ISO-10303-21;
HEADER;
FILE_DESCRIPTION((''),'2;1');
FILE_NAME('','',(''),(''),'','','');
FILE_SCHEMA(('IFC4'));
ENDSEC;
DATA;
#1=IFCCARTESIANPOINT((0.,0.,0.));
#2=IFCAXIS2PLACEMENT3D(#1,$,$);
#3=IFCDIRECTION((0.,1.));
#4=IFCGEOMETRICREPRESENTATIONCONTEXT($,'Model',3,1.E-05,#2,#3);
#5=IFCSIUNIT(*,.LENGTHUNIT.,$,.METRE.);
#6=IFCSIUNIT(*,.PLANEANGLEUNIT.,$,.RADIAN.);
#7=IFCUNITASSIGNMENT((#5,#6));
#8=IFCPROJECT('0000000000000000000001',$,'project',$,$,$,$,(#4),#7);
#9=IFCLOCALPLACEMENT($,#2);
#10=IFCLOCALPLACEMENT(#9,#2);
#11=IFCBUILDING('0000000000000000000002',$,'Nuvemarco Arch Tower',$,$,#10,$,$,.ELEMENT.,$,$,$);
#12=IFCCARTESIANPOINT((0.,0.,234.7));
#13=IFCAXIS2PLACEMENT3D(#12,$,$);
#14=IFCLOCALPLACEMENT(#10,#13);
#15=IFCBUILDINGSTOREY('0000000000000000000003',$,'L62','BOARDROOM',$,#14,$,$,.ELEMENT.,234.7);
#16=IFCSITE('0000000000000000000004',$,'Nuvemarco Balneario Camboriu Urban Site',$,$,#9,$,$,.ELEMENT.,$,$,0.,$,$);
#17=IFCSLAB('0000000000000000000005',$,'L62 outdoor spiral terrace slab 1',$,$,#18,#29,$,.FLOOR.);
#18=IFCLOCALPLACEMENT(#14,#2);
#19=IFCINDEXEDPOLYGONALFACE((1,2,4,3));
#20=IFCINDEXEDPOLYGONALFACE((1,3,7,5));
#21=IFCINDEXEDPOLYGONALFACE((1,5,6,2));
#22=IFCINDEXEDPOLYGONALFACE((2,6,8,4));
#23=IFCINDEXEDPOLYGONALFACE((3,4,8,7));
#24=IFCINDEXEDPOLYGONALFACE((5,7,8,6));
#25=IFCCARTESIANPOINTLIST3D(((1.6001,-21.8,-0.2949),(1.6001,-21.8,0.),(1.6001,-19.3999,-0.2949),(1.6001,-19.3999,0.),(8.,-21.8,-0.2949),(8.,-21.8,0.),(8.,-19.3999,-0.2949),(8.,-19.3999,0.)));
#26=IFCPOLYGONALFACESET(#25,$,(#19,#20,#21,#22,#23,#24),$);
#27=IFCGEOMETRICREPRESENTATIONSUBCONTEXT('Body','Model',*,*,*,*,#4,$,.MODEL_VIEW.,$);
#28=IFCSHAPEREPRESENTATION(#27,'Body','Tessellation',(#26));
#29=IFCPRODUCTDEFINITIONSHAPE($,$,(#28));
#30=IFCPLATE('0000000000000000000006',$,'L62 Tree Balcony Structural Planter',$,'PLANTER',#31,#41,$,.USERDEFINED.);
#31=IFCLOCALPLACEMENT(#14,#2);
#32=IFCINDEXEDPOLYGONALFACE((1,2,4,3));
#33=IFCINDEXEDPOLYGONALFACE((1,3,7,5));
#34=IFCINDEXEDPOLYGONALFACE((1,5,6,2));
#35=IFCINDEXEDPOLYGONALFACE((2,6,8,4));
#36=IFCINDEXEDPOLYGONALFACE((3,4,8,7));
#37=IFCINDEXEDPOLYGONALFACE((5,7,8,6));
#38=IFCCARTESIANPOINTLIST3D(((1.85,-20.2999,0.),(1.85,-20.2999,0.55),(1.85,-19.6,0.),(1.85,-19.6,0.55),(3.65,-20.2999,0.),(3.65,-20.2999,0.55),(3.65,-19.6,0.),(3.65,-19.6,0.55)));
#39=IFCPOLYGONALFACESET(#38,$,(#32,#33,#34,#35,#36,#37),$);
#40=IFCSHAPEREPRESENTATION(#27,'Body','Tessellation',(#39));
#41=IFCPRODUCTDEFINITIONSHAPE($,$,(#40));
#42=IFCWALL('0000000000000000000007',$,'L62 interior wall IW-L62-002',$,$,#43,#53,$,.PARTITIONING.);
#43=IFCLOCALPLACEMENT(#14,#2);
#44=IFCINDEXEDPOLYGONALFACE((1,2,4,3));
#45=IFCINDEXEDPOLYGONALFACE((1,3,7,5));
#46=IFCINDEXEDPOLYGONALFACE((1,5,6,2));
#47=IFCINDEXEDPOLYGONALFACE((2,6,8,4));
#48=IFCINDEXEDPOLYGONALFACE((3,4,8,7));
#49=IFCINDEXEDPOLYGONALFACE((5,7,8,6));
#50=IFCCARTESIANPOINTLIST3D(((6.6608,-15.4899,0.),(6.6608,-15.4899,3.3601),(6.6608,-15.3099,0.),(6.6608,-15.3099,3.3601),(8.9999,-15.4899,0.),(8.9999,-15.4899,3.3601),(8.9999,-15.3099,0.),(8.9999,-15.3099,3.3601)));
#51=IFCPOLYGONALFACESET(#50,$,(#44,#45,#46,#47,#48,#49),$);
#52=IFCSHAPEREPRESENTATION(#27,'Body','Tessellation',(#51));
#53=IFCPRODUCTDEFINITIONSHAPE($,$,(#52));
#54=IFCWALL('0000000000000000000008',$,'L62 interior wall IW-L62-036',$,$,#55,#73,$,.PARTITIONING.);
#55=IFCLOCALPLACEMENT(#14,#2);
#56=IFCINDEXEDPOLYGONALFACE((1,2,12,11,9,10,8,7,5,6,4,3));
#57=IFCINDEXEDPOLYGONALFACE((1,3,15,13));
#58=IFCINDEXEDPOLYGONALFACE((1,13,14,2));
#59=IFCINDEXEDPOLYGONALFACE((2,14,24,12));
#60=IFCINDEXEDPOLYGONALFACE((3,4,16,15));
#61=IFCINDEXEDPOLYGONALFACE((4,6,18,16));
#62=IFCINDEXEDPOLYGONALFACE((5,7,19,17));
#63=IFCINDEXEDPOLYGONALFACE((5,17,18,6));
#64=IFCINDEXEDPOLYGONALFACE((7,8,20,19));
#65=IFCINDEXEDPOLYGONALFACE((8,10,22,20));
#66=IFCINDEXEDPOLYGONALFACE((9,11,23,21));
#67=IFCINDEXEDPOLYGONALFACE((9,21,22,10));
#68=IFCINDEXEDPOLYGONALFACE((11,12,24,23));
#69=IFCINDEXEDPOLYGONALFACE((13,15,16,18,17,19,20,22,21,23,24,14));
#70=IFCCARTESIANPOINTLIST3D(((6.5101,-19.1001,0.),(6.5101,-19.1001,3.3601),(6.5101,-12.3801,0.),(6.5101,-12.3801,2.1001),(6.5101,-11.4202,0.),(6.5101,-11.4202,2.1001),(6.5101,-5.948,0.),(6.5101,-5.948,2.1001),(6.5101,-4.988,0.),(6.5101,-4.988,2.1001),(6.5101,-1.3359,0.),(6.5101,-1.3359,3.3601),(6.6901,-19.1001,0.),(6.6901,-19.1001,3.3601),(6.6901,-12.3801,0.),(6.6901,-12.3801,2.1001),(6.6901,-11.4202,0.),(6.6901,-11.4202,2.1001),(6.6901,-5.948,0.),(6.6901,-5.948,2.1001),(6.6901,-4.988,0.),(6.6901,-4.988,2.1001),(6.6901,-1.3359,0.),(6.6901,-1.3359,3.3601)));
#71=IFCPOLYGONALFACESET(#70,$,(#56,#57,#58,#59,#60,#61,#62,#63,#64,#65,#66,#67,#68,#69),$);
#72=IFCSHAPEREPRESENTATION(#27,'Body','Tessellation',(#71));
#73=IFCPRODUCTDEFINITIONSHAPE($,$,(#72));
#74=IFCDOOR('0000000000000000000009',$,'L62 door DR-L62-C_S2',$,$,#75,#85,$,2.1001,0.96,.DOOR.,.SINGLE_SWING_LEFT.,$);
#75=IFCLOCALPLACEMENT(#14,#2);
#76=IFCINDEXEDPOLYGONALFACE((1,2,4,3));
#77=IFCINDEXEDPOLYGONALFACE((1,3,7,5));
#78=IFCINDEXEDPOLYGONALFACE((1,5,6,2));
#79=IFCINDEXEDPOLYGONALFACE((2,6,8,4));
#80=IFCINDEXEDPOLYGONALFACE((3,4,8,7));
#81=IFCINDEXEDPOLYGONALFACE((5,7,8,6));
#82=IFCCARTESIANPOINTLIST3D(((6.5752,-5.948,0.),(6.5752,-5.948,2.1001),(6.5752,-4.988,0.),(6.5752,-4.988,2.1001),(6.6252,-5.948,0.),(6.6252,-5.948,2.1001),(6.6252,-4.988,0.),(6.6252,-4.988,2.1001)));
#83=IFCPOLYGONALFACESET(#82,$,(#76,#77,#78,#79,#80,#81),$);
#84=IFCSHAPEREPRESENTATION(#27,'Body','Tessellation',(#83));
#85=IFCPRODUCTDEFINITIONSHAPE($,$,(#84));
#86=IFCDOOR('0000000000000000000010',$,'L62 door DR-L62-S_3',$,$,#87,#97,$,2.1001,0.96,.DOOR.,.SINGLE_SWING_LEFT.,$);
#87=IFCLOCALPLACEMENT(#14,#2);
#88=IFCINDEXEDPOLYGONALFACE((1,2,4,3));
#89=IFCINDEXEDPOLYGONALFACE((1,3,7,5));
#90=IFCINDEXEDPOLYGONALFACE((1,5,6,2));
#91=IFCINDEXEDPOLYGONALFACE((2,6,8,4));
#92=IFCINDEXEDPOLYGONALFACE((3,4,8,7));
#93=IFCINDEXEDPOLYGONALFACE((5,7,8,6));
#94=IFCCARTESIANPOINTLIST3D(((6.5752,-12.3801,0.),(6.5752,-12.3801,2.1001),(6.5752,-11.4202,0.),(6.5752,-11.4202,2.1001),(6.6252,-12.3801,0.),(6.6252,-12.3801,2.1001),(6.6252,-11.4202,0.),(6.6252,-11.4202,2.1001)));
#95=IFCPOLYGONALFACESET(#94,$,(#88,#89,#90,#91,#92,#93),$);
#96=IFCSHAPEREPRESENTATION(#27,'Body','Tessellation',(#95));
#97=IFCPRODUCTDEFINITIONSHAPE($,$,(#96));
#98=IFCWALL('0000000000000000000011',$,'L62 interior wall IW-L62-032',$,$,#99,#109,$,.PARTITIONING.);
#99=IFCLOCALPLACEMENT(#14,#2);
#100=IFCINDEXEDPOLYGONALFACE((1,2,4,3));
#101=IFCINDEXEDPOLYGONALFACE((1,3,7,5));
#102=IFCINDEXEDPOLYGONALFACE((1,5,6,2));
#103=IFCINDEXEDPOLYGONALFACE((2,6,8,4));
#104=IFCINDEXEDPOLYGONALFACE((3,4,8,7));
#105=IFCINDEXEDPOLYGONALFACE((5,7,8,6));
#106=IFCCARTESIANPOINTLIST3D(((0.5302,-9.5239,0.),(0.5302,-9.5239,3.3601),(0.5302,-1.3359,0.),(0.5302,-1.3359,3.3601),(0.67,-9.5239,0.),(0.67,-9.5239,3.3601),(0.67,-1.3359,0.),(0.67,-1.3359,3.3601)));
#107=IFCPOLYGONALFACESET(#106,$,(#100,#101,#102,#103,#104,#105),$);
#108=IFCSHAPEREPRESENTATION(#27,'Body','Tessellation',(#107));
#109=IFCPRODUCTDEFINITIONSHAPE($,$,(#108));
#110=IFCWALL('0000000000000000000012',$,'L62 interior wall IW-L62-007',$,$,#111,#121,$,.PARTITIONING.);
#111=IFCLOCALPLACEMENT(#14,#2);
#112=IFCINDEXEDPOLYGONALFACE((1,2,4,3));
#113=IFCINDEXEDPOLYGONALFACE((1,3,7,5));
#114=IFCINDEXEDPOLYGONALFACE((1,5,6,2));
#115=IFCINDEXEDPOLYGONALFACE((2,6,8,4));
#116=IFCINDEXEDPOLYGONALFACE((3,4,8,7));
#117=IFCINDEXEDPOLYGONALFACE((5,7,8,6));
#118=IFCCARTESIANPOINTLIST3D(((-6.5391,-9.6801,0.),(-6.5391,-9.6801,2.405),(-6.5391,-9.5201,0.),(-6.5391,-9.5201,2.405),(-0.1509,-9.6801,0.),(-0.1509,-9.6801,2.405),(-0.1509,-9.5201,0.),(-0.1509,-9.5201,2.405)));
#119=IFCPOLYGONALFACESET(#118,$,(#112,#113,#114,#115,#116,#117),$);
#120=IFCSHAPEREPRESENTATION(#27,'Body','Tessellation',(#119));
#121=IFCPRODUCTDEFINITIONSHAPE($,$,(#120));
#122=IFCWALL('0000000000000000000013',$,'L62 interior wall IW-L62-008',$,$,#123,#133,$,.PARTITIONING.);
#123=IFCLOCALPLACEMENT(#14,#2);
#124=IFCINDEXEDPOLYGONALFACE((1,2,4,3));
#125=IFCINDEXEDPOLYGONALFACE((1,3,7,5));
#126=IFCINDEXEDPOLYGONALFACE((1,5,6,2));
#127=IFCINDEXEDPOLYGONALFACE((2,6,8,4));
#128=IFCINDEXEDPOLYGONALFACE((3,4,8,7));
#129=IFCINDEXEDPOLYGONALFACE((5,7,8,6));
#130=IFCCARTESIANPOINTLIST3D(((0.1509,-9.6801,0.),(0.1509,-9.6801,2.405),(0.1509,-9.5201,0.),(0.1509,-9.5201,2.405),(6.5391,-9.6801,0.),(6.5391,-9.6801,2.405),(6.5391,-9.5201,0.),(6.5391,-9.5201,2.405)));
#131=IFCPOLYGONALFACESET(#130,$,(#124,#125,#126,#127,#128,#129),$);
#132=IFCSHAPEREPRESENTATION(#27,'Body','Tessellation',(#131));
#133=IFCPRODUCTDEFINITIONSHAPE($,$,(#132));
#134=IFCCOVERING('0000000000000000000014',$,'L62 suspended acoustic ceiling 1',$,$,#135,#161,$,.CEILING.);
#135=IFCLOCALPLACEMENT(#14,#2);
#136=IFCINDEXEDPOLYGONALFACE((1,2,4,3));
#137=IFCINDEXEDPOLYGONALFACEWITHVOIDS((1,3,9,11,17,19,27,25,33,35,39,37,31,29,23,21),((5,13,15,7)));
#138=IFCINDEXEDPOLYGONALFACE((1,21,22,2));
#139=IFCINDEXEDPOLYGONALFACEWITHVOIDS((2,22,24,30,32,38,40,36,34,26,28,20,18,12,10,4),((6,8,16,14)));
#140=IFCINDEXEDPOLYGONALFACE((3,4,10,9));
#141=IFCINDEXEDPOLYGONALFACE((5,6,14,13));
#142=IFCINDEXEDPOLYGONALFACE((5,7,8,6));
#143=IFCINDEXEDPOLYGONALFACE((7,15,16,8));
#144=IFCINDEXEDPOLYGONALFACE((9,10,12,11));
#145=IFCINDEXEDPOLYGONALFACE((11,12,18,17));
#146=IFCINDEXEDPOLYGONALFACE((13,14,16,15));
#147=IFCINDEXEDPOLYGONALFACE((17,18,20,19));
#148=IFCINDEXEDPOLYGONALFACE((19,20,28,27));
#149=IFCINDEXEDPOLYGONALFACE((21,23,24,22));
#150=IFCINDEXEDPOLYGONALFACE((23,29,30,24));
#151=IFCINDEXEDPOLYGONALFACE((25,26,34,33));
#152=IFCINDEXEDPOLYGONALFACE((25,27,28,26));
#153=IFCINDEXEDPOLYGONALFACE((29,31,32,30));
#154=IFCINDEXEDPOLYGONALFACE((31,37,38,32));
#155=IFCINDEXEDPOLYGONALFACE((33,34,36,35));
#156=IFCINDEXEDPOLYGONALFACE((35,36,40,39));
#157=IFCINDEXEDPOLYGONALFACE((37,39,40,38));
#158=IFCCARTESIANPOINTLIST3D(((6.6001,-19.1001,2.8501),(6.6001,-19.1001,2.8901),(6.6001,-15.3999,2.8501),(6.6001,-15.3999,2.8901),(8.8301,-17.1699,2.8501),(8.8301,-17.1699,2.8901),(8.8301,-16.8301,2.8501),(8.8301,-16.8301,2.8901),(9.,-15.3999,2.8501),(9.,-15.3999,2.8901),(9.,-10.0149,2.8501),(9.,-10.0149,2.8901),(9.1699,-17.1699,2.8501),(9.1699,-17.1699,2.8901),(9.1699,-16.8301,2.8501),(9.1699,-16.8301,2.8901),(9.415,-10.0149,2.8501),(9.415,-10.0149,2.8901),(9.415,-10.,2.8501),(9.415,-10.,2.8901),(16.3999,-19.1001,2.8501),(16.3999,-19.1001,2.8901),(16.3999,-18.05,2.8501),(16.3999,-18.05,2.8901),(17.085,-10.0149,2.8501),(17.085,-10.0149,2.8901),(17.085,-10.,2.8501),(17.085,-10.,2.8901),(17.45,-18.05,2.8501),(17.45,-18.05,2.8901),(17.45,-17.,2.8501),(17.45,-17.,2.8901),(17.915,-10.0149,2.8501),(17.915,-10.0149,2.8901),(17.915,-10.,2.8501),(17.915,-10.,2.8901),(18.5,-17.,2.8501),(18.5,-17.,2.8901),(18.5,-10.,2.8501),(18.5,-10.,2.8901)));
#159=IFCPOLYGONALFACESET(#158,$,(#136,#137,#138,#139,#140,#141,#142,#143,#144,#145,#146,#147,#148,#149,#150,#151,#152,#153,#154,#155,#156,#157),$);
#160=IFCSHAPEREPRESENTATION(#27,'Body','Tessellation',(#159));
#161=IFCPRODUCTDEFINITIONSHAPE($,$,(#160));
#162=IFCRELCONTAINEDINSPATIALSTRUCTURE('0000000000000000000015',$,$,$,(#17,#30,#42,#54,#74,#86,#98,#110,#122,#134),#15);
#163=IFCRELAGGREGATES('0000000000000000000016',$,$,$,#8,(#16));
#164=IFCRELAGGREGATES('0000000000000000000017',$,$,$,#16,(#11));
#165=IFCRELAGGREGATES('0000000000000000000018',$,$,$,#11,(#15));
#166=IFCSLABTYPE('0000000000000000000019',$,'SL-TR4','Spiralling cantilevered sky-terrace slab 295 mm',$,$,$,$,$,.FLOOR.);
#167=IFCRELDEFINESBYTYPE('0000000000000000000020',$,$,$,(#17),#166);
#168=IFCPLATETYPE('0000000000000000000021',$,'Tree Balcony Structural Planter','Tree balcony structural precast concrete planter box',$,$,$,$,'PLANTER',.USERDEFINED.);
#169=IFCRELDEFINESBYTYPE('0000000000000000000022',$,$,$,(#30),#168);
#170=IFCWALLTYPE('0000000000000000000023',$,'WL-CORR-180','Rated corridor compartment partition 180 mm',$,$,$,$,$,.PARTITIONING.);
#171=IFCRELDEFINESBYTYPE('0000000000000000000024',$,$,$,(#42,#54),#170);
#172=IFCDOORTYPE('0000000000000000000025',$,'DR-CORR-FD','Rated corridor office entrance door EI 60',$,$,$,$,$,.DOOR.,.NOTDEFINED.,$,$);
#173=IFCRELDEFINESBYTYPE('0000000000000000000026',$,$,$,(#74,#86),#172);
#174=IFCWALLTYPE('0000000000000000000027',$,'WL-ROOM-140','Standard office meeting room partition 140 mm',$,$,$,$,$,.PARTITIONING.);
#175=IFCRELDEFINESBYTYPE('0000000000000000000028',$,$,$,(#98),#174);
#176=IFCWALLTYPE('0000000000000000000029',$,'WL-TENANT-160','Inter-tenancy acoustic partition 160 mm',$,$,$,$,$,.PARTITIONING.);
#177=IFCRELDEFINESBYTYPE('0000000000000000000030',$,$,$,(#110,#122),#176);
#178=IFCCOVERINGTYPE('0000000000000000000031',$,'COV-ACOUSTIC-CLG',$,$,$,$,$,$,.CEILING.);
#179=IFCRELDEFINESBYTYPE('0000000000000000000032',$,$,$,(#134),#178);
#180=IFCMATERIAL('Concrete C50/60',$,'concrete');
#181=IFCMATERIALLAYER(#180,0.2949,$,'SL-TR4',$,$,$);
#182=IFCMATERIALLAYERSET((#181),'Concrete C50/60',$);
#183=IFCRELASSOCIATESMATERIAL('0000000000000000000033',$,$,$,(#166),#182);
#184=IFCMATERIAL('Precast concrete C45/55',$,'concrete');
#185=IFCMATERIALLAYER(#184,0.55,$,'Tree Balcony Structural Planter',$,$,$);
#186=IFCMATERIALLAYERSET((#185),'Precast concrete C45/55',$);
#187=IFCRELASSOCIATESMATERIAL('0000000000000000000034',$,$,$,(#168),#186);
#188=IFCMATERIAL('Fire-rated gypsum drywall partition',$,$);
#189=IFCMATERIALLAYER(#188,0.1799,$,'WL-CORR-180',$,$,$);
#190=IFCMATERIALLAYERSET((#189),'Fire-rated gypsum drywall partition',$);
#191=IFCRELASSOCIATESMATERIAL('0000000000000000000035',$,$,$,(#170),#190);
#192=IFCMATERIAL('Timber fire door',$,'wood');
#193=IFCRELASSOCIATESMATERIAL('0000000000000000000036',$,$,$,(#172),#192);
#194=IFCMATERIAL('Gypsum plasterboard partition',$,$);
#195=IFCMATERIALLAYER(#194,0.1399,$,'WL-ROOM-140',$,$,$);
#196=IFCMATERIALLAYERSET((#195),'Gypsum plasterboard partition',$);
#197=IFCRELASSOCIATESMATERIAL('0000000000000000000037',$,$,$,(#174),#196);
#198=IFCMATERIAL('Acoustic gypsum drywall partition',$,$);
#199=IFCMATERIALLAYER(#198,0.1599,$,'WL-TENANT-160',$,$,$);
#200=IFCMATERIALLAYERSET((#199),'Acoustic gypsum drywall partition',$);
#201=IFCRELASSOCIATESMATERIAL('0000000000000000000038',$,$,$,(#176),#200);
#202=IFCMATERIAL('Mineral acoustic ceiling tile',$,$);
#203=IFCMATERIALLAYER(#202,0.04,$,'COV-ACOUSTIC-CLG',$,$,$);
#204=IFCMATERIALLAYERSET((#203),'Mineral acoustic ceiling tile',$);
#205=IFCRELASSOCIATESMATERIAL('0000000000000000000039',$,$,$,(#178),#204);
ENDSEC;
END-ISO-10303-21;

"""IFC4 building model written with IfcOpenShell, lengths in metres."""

from ifc_helpers import new_model, si_unit, direction, frame, frame_2d, origin, origin_2d, place, context, subcontext, project, spatial, polyline, rectangle, outline, extrude, source, transform, mapped, material, layer, layer_set, type_object, type_shapes, element, fill, save


model = new_model("IFC4")

# Units and contexts
model_context = context("Model", 3, precision=1e-05, world=origin(), true_north=direction((0.0, 1.0)))
body_context = subcontext(model_context, "Body", "Model", "MODEL_VIEW")
ifc_project = project(units=[si_unit("LENGTHUNIT", "METRE"), si_unit("PLANEANGLEUNIT", "RADIAN")], contexts=[model_context])

# Site, building, storey
site_placement = place(None, origin())
site = spatial("IfcSite", under=ifc_project, at=site_placement, Name="Nuvemarco Balneario Camboriu Urban Site", CompositionType="ELEMENT", RefElevation=0.0)
building_placement = place(site_placement, origin())
building = spatial("IfcBuilding", under=site, at=building_placement, Name="Nuvemarco Arch Tower", CompositionType="ELEMENT")
storey_placement = place(building_placement, frame((0.0, 0.0, 234.7)))
storey = spatial("IfcBuildingStorey", under=building, at=storey_placement, Name="L62", Description="BOARDROOM", CompositionType="ELEMENT", Elevation=234.7)

# Shared definitions
ifc_material_1 = material(Name="Precast concrete C45/55", Category="concrete")

# Shared definitions
ifc_material_2 = material(Name="Concrete C50/60", Category="concrete")

# Slab
ifc_layer_1 = layer(ifc_material_2, 0.2949, Name="SL-TR4")
ifc_layer_set_1 = layer_set([ifc_layer_1], Name="Concrete C50/60")
slab_type_1 = type_object("IfcSlabType", Name="SL-TR4", Description="Spiralling cantilevered sky-terrace slab 295 mm", PredefinedType="FLOOR", material=ifc_layer_set_1)
slab_1_placement = place(storey_placement, frame((0.0, 0.0, -0.2949)))
element("IfcSlab", 1, at=slab_1_placement, inside=storey, type_object=slab_type_1, Name="L62 outdoor spiral terrace slab 1", PredefinedType="FLOOR", context=body_context, shape_type="SweptSolid", body=[
    extrude(outline(polyline([(1.6001, -21.8), (8.0, -21.8), (8.0, -19.3999), (1.6001, -19.3999), (1.6001, -21.8)])), origin(), (0.0, 0.0, 1.0), 0.2949),
])

# Plate
ifc_layer_2 = layer(ifc_material_1, 0.55, Name="Tree Balcony Structural Planter")
ifc_layer_set_2 = layer_set([ifc_layer_2], Name="Precast concrete C45/55")
plate_type = type_object("IfcPlateType", Name="Tree Balcony Structural Planter", Description="Tree balcony structural precast concrete planter box", ElementType="PLANTER", PredefinedType="USERDEFINED", material=ifc_layer_set_2)
shared_shape_1 = source(origin(), body_context, "Body", "SweptSolid", [
    extrude(rectangle(XDim=1.8, YDim=0.7, at=origin_2d()), origin(), (0.0, 0.0, 1.0), 0.55),
])
type_shapes(plate_type, [shared_shape_1])
plate_placement = place(storey_placement, frame((2.75, -19.95, 0.0), z_axis=(0.0, 0.0, 1.0), x_axis=(1.0, 0.0, 0.0)))
element("IfcPlate", 2, at=plate_placement, inside=storey, type_object=plate_type, Name="L62 Tree Balcony Structural Planter", ObjectType="PLANTER", PredefinedType="USERDEFINED", context=body_context, shape_type="MappedRepresentation", body=[
    mapped(shared_shape_1, transform((0.0, 0.0, 0.0), scale=1.0)),
])

# Wall
ifc_material_3 = material(Name="Fire-rated gypsum drywall partition")
ifc_layer_3 = layer(ifc_material_3, 0.1799, Name="WL-CORR-180")
ifc_layer_set_3 = layer_set([ifc_layer_3], Name="Fire-rated gypsum drywall partition")
wall_type_1 = type_object("IfcWallType", Name="WL-CORR-180", Description="Rated corridor compartment partition 180 mm", PredefinedType="PARTITIONING", material=ifc_layer_set_3)
wall_1_placement = place(storey_placement, frame((6.6609, -15.3999, 0.0), z_axis=(0.0, 0.0, 1.0), x_axis=(1.0, 0.0, 0.0)))
element("IfcWall", 3, at=wall_1_placement, inside=storey, type_object=wall_type_1, Name="L62 interior wall IW-L62-002", PredefinedType="PARTITIONING", context=body_context, shape_type="SweptSolid", body=[
    extrude(rectangle(XDim=2.3391, YDim=0.1799, at=frame_2d((1.1694, 0.0))), origin(), (0.0, 0.0, 1.0), 3.3601),
])

# Wall, openings, doors
wall_2_placement = place(storey_placement, frame((6.6001, -19.1001, 0.0), z_axis=(0.0, 0.0, 1.0), x_axis=(0.0, 1.0, 0.0)))
wall_2 = element("IfcWall", 4, at=wall_2_placement, inside=storey, type_object=wall_type_1, Name="L62 interior wall IW-L62-036", PredefinedType="PARTITIONING", context=body_context, shape_type="SweptSolid", body=[
    extrude(rectangle(XDim=17.7642, YDim=0.1799, at=frame_2d((8.8821, 0.0))), origin(), (0.0, 0.0, 1.0), 3.3601),
])
opening_1_placement = place(wall_2_placement, frame((13.1521, 0.0, 0.0)))
opening_1 = element("IfcOpeningElement", 5, at=opening_1_placement, cuts=wall_2, PredefinedType="OPENING", context=body_context, shape_type="SweptSolid", body=[
    extrude(rectangle(XDim=0.96, YDim=2.1001, at=frame_2d((0.48, 1.05))), frame((0.0, 0.0999, 0.0), z_axis=(0.0, -1.0, 0.0), x_axis=(1.0, 0.0, 0.0)), (0.0, 0.0, 1.0), 0.2),
])
opening_2_placement = place(wall_2_placement, frame((6.72, 0.0, 0.0)))
opening_2 = element("IfcOpeningElement", 6, at=opening_2_placement, cuts=wall_2, PredefinedType="OPENING", context=body_context, shape_type="SweptSolid", body=[
    extrude(rectangle(XDim=0.96, YDim=2.1001, at=frame_2d((0.48, 1.05))), frame((0.0, 0.0999, 0.0), z_axis=(0.0, -1.0, 0.0), x_axis=(1.0, 0.0, 0.0)), (0.0, 0.0, 1.0), 0.2),
])
ifc_material_4 = material(Name="Timber fire door", Category="wood")
door_type = type_object("IfcDoorType", Name="DR-CORR-FD", Description="Rated corridor office entrance door EI 60", OperationType="NOTDEFINED", PredefinedType="DOOR", material=ifc_material_4)
shared_shape_2 = source(origin(), body_context, "Body", "SweptSolid", [
    extrude(rectangle(XDim=0.96, YDim=2.1001, at=frame_2d((0.48, 1.05))), frame((0.0, 0.0249, 0.0), z_axis=(0.0, -1.0, 0.0), x_axis=(1.0, 0.0, 0.0)), (0.0, 0.0, 1.0), 0.05),
])
type_shapes(door_type, [shared_shape_2])
door_1_placement = place(opening_1_placement, origin())
door_1 = element("IfcDoor", 7, at=door_1_placement, inside=storey, type_object=door_type, Name="L62 door DR-L62-C_S2", OperationType="SINGLE_SWING_LEFT", OverallHeight=2.1001, OverallWidth=0.96, PredefinedType="DOOR", context=body_context, shape_type="MappedRepresentation", body=[
    mapped(shared_shape_2, transform((0.0, 0.0, 0.0), scale=1.0)),
])
fill(opening_1, door_1)
door_2_placement = place(opening_2_placement, origin())
door_2 = element("IfcDoor", 8, at=door_2_placement, inside=storey, type_object=door_type, Name="L62 door DR-L62-S_3", OperationType="SINGLE_SWING_LEFT", OverallHeight=2.1001, OverallWidth=0.96, PredefinedType="DOOR", context=body_context, shape_type="MappedRepresentation", body=[
    mapped(shared_shape_2, transform((0.0, 0.0, 0.0), scale=1.0)),
])
fill(opening_2, door_2)

# Walls
ifc_material_5 = material(Name="Gypsum plasterboard partition")
ifc_layer_4 = layer(ifc_material_5, 0.1399, Name="WL-ROOM-140")
ifc_layer_set_4 = layer_set([ifc_layer_4], Name="Gypsum plasterboard partition")
wall_type_2 = type_object("IfcWallType", Name="WL-ROOM-140", Description="Standard office meeting room partition 140 mm", PredefinedType="PARTITIONING", material=ifc_layer_set_4)
wall_3_placement = place(storey_placement, frame((0.6001, -9.5239, 0.0), z_axis=(0.0, 0.0, 1.0), x_axis=(0.0, 1.0, 0.0)))
element("IfcWall", 9, at=wall_3_placement, inside=storey, type_object=wall_type_2, Name="L62 interior wall IW-L62-032", PredefinedType="PARTITIONING", context=body_context, shape_type="SweptSolid", body=[
    extrude(rectangle(XDim=8.188, YDim=0.1399, at=frame_2d((4.094, 0.0))), origin(), (0.0, 0.0, 1.0), 3.3601),
])
ifc_material_6 = material(Name="Acoustic gypsum drywall partition")
ifc_layer_5 = layer(ifc_material_6, 0.1599, Name="WL-TENANT-160")
ifc_layer_set_5 = layer_set([ifc_layer_5], Name="Acoustic gypsum drywall partition")
wall_type_3 = type_object("IfcWallType", Name="WL-TENANT-160", Description="Inter-tenancy acoustic partition 160 mm", PredefinedType="PARTITIONING", material=ifc_layer_set_5)
for number, where, z_axis, x_axis, name in (
    (10, (-6.5391, -9.6001, 0.0), (0.0, 0.0, 1.0), (1.0, 0.0, 0.0), "L62 interior wall IW-L62-007"),
    (11, (0.1509, -9.6001, 0.0), (0.0, 0.0, 1.0), (1.0, 0.0, 0.0), "L62 interior wall IW-L62-008"),
):
    element("IfcWall", number, at=place(storey_placement, frame(where, z_axis=z_axis, x_axis=x_axis)), inside=storey, type_object=wall_type_3, Name=name, PredefinedType="PARTITIONING", context=body_context, shape_type="SweptSolid", body=[
        extrude(rectangle(XDim=6.3882, YDim=0.1599, at=frame_2d((3.1941, 0.0))), origin(), (0.0, 0.0, 1.0), 2.405),
    ])

# Covering
ifc_material_7 = material(Name="Mineral acoustic ceiling tile")
ifc_layer_6 = layer(ifc_material_7, 0.04, Name="COV-ACOUSTIC-CLG")
ifc_layer_set_6 = layer_set([ifc_layer_6], Name="Mineral acoustic ceiling tile")
covering_type = type_object("IfcCoveringType", Name="COV-ACOUSTIC-CLG", PredefinedType="CEILING", material=ifc_layer_set_6)
covering_1_placement = place(storey_placement, frame((0.0, 0.0, 2.8501)))
element("IfcCovering", 12, at=covering_1_placement, inside=storey, type_object=covering_type, Name="L62 suspended acoustic ceiling 1", PredefinedType="CEILING", context=body_context, shape_type="SweptSolid", body=[
    extrude(outline(polyline([(16.3999, -19.1001), (6.6001, -19.1001), (6.6001, -15.3999), (9.0, -15.3999), (9.0, -10.0149), (9.415, -10.0149), (9.415, -10.0), (17.085, -10.0), (17.085, -10.0149), (17.915, -10.0149), (17.915, -10.0), (18.5, -10.0), (18.5, -17.0), (17.45, -17.0), (17.45, -18.05), (16.3999, -18.05), (16.3999, -19.1001)]), holes=[polyline([(9.1699, -17.1699), (9.1699, -16.8301), (8.8301, -16.8301), (8.8301, -17.1699), (9.1699, -17.1699)])]), origin(), (0.0, 0.0, 1.0), 0.04),
])

save(model, "model.ifc")
